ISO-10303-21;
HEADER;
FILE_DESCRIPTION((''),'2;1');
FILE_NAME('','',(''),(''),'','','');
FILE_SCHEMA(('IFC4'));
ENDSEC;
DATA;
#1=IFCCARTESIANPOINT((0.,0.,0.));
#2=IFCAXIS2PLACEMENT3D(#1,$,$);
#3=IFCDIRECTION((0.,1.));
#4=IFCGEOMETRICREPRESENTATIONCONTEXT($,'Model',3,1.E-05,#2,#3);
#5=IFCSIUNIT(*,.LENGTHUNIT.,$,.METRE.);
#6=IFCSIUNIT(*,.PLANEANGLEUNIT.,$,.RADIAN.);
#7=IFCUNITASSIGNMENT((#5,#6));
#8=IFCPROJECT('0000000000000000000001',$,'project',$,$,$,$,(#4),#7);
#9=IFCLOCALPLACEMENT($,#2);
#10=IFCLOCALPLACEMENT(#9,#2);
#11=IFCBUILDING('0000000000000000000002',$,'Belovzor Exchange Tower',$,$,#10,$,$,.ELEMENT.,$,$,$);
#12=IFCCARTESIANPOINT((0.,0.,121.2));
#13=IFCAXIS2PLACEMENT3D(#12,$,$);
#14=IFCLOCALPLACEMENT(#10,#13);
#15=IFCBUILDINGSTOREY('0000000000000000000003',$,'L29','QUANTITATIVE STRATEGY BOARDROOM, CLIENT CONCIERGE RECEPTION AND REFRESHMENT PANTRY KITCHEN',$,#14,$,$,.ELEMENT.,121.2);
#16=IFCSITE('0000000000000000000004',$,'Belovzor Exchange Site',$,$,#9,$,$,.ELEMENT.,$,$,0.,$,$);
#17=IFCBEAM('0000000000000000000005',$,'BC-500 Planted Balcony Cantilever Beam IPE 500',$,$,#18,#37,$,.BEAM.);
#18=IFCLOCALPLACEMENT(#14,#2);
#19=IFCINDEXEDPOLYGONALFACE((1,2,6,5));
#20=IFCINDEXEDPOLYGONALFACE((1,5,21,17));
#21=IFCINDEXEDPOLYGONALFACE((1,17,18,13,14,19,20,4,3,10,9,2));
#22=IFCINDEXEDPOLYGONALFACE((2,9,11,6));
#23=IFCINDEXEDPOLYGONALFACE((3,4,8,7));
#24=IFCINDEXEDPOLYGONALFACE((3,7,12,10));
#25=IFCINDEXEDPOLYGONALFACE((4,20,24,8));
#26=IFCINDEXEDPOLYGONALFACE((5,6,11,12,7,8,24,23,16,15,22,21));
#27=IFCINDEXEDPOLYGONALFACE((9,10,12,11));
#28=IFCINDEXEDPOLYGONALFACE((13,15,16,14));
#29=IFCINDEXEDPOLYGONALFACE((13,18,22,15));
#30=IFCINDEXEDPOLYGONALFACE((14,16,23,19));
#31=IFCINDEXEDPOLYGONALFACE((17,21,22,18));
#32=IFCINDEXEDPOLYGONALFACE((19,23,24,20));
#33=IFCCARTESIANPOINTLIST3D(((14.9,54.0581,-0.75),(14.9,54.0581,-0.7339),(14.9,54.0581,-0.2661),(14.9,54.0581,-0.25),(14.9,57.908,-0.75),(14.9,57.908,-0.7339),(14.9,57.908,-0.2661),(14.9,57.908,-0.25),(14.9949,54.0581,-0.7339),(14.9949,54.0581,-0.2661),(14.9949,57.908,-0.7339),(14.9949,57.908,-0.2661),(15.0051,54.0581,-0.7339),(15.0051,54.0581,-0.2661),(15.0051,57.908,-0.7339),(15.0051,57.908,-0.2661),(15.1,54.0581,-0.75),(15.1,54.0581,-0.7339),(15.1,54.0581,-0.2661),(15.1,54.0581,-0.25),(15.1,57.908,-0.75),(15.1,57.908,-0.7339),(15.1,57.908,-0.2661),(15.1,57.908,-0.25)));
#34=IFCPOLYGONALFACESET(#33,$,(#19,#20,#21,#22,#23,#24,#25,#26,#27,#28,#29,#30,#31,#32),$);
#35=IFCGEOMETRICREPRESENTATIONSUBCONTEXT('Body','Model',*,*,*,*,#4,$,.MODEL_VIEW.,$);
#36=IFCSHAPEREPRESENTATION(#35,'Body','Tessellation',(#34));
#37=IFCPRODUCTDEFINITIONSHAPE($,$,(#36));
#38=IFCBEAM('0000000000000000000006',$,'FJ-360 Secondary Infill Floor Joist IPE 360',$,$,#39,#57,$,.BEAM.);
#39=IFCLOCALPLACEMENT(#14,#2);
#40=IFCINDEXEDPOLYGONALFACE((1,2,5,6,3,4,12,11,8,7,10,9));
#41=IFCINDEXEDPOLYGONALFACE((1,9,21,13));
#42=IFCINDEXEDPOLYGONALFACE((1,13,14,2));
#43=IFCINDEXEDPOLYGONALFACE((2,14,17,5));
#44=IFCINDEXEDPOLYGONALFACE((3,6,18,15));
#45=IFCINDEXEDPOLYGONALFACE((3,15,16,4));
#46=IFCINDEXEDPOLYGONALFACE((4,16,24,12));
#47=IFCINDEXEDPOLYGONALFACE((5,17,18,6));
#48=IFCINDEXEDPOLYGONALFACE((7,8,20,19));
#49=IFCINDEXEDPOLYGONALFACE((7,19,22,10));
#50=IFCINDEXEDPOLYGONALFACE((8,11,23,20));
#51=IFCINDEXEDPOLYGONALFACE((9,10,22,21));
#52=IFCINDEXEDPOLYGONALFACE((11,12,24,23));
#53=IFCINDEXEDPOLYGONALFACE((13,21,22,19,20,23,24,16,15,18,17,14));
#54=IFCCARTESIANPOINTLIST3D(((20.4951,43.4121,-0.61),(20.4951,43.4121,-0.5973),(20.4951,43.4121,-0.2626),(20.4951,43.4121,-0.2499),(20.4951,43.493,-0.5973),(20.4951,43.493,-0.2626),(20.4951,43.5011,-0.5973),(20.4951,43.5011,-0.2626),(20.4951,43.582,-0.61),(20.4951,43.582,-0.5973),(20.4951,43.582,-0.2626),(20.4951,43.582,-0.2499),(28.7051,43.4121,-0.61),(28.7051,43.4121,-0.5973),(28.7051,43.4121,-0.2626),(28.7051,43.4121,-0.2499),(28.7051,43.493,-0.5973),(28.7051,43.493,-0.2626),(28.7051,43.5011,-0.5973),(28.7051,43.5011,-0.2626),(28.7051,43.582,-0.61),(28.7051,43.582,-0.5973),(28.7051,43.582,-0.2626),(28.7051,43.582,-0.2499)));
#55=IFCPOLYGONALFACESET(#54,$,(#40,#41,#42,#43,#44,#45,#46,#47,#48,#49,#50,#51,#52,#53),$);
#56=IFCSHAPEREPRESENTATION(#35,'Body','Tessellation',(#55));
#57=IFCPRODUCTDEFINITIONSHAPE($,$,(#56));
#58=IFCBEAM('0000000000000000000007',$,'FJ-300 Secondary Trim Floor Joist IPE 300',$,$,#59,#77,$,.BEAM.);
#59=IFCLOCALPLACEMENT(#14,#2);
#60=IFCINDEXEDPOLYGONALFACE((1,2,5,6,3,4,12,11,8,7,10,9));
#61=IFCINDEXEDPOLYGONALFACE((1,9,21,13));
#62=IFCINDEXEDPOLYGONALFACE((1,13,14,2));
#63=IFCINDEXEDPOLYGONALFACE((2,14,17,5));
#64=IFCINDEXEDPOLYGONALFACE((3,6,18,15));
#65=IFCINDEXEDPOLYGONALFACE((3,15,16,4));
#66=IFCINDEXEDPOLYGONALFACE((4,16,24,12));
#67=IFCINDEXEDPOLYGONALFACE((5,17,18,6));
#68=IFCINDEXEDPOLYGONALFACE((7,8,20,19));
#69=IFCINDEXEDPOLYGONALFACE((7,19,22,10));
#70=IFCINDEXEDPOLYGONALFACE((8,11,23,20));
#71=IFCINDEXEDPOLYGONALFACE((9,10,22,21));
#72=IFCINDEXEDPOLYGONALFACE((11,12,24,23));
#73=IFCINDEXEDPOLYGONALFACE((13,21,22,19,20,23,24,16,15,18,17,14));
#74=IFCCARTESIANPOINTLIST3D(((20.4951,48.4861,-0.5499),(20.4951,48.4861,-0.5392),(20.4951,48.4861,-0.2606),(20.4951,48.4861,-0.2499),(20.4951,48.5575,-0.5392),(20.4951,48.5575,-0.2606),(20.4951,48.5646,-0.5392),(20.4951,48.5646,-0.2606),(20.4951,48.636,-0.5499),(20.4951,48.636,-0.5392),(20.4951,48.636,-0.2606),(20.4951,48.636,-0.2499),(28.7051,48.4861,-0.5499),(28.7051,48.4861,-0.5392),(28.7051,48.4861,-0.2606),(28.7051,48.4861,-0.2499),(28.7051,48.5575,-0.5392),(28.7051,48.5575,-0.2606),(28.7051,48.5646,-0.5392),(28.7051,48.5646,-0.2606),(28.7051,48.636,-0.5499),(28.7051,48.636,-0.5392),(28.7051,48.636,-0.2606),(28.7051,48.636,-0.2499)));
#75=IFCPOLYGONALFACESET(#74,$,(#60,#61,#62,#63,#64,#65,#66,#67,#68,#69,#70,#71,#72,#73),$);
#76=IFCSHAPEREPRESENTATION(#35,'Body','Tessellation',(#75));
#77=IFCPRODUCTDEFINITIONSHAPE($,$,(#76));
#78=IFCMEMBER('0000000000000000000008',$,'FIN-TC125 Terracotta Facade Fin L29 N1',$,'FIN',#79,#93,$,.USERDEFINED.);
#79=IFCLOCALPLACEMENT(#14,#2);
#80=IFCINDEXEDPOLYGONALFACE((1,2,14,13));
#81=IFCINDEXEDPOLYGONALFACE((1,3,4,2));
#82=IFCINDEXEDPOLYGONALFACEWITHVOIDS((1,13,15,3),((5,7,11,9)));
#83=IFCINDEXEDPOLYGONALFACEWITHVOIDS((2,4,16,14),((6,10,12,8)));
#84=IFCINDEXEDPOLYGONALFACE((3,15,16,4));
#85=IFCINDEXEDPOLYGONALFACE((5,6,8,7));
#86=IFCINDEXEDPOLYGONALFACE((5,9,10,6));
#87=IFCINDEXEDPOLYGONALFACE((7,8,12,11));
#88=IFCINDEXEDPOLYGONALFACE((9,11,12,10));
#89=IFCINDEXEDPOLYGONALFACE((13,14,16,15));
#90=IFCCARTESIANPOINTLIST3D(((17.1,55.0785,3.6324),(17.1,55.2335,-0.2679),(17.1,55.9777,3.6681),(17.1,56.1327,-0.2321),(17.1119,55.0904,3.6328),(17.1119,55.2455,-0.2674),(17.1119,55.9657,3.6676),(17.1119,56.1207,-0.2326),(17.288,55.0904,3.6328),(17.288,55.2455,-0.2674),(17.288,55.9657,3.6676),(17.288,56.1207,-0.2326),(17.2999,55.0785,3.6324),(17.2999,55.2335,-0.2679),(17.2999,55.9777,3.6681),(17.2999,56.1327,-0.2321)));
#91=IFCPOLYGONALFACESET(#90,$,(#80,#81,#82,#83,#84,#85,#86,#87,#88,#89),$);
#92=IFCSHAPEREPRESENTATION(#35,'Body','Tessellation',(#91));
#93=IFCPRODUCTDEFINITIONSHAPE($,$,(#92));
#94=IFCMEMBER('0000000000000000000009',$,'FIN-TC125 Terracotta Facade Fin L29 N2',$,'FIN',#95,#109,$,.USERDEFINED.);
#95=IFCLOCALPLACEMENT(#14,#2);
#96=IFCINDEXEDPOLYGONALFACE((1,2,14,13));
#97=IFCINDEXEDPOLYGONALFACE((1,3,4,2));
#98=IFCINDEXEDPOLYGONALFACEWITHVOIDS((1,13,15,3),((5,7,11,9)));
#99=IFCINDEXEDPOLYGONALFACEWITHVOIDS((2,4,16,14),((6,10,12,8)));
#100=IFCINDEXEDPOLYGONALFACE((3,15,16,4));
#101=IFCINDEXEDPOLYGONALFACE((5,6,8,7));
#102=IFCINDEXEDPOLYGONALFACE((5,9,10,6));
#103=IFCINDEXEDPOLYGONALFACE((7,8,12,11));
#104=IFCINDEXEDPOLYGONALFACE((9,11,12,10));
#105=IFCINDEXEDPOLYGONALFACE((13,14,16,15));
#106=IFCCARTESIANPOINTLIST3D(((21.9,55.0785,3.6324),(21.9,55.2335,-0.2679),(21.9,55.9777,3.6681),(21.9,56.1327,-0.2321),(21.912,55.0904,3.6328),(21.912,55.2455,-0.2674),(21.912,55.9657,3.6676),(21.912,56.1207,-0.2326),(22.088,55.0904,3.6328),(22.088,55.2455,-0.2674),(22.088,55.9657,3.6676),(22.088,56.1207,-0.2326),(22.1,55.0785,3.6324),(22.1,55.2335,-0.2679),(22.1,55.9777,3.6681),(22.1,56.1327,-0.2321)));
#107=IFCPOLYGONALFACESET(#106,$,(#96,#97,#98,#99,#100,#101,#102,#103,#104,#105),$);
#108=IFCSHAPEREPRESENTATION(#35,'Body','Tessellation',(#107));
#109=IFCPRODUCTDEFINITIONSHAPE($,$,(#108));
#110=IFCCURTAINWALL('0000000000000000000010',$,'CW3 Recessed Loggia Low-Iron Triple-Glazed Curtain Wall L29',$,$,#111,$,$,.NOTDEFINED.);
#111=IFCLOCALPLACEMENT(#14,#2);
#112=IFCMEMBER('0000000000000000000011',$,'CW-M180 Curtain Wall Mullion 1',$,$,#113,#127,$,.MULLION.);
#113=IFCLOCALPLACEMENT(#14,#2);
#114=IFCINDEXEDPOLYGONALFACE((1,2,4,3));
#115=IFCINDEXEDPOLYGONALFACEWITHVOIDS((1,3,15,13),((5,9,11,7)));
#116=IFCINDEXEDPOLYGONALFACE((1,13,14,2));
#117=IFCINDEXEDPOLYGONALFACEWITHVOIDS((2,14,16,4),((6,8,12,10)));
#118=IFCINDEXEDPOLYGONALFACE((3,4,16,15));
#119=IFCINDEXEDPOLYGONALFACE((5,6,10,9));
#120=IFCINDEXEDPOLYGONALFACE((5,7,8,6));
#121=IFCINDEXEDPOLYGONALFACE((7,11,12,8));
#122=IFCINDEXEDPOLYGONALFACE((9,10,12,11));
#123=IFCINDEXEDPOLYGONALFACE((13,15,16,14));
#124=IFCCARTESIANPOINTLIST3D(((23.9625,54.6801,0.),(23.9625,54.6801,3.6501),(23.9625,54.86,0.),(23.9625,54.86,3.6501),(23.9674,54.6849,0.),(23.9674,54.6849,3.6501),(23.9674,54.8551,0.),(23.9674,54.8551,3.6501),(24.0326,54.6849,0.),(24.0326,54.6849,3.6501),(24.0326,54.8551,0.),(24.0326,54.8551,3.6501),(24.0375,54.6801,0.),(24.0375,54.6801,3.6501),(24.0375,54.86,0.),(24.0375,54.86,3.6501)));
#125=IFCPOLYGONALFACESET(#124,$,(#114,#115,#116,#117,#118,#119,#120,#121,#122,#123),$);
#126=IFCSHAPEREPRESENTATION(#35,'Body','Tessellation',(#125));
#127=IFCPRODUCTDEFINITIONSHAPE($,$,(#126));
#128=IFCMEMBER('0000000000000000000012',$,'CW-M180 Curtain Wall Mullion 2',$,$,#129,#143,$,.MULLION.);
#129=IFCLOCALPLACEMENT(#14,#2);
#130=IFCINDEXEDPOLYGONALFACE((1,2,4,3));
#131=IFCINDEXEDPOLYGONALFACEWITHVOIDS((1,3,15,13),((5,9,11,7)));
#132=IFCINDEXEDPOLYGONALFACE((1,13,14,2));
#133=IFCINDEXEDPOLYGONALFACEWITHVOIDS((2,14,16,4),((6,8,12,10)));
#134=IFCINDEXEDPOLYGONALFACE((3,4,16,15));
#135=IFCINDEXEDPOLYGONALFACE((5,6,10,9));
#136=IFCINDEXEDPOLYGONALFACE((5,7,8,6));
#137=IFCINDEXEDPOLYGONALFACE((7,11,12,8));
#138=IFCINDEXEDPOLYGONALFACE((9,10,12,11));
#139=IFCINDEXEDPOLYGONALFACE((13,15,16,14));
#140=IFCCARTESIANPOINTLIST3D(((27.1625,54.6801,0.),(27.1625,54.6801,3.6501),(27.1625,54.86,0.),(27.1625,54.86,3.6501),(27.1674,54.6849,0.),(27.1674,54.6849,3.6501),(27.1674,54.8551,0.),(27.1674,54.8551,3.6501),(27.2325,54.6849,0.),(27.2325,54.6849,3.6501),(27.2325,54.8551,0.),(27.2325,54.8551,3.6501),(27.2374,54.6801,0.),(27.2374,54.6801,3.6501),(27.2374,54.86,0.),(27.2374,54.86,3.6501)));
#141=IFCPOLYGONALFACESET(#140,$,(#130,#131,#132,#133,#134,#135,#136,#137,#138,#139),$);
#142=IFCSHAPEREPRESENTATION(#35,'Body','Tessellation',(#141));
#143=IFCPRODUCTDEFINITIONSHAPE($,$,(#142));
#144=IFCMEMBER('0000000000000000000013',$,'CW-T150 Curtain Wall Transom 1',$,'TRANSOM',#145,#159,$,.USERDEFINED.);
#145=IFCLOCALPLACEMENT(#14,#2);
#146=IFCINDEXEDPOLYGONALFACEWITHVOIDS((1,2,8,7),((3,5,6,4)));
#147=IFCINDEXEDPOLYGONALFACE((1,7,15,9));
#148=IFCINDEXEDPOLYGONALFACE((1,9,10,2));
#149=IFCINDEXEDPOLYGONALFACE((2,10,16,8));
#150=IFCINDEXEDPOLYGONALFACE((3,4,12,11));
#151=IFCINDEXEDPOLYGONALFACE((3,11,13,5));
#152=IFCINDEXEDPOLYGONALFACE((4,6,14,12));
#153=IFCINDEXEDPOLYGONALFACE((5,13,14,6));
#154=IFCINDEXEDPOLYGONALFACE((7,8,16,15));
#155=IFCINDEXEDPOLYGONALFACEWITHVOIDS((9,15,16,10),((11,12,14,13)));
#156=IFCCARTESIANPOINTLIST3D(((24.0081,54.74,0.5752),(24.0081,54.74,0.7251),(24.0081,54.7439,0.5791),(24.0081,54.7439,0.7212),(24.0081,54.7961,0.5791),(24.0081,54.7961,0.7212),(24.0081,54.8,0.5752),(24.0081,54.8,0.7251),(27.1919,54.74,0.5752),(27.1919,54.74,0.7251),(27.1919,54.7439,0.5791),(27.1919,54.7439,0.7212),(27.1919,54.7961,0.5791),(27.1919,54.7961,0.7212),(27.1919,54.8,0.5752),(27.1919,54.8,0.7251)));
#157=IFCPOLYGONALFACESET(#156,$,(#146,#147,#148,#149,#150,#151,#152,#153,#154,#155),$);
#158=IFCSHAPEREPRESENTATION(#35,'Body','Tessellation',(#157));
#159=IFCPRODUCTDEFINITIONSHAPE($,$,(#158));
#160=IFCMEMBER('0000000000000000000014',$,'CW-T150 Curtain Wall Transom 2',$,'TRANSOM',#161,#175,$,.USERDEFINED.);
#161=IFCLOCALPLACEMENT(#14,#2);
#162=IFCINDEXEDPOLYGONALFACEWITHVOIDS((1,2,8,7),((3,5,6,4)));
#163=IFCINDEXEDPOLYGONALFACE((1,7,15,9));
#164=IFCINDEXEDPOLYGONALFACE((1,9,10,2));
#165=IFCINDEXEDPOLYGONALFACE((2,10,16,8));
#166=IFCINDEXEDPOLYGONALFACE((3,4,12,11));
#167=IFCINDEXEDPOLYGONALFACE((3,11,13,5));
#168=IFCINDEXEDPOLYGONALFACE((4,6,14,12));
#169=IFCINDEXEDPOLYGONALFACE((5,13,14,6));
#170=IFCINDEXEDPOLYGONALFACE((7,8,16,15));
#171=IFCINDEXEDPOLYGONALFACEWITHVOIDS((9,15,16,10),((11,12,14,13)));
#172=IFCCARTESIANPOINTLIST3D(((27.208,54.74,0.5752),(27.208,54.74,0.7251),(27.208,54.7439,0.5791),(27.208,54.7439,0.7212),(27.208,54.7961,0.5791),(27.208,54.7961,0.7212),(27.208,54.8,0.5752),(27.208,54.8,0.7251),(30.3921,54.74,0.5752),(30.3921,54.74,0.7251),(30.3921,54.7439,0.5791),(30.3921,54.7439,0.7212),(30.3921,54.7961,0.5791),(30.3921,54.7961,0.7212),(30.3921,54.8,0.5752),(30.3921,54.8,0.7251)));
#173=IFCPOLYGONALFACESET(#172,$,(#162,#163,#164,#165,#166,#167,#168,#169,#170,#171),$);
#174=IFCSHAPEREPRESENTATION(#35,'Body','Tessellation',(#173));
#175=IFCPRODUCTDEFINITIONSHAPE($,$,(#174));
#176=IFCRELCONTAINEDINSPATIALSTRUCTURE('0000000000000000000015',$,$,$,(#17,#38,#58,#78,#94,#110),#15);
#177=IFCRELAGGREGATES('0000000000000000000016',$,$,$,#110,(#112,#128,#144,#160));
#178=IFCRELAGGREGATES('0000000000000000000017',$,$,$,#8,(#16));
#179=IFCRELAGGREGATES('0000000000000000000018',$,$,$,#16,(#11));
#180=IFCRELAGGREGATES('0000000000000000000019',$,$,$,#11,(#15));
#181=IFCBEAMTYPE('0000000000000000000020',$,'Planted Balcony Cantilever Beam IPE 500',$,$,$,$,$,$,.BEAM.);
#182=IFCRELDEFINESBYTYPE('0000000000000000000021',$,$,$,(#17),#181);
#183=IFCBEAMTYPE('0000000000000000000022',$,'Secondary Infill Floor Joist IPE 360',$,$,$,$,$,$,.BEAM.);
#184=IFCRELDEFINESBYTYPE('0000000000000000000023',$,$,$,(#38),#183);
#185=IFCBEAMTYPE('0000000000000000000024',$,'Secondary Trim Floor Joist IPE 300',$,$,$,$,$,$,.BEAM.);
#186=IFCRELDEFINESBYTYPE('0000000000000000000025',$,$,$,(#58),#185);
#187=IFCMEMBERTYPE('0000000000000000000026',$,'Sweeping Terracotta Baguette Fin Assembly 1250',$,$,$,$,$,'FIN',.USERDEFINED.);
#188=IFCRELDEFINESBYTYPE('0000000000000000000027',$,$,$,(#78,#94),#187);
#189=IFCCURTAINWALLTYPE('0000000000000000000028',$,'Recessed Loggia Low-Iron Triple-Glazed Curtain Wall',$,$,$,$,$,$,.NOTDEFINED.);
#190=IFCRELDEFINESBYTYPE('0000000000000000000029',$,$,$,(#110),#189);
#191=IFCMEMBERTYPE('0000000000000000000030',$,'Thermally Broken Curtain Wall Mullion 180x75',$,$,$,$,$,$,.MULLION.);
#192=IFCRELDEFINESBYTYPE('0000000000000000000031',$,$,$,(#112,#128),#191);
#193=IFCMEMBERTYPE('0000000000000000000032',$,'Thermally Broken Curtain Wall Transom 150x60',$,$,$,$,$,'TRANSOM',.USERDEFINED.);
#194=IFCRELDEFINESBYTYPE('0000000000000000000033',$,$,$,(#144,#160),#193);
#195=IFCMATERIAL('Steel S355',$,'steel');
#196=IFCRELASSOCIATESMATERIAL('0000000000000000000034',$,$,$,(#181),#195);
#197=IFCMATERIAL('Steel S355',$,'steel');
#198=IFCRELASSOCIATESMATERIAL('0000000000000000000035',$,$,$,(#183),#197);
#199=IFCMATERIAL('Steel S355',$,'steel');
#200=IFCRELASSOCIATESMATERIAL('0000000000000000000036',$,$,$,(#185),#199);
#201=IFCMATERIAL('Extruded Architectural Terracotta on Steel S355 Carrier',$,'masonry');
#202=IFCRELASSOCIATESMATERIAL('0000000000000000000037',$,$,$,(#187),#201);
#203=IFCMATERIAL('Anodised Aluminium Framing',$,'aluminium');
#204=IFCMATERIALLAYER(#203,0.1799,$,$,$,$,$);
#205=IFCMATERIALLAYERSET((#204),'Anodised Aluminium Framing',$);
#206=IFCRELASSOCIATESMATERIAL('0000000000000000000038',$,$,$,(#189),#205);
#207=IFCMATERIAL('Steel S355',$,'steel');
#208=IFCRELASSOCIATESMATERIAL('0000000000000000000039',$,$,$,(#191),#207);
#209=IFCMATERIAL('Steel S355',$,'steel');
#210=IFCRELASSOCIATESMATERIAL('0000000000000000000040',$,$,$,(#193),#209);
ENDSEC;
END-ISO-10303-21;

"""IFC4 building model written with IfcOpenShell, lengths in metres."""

from ifc_helpers import new_model, si_unit, direction, frame, origin, origin_2d, place, context, subcontext, project, spatial, hollow_rectangle, i_section, extrude, material, layer, layer_set, material_profile, profile_set, type_object, element, aggregate, save


model = new_model("IFC4")

# Units and contexts
model_context = context("Model", 3, precision=1e-05, world=origin(), true_north=direction((0.0, 1.0)))
body_context = subcontext(model_context, "Body", "Model", "MODEL_VIEW")
ifc_project = project(units=[si_unit("LENGTHUNIT", "METRE"), si_unit("PLANEANGLEUNIT", "RADIAN")], contexts=[model_context])

# Site, building, storey
site_placement = place(None, origin())
site = spatial("IfcSite", under=ifc_project, at=site_placement, Name="Belovzor Exchange Site", CompositionType="ELEMENT", RefElevation=0.0)
building_placement = place(site_placement, origin())
building = spatial("IfcBuilding", under=site, at=building_placement, Name="Belovzor Exchange Tower", CompositionType="ELEMENT")
storey_placement = place(building_placement, frame((0.0, 0.0, 121.2)))
storey = spatial("IfcBuildingStorey", under=building, at=storey_placement, Name="L29", Description="QUANTITATIVE STRATEGY BOARDROOM, CLIENT CONCIERGE RECEPTION AND REFRESHMENT PANTRY KITCHEN", CompositionType="ELEMENT", Elevation=121.2)

# Beams
ifc_material_1 = material(Name="Steel S355", Category="steel")
ifc_material_profile_1 = material_profile(ifc_material_1, i_section(OverallWidth=0.2, OverallDepth=0.5, WebThickness=0.0103, FlangeThickness=0.0161, at=origin_2d()))
ifc_profile_set_1 = profile_set([ifc_material_profile_1], Name="Steel S355")
beam_type_1 = type_object("IfcBeamType", Name="Planted Balcony Cantilever Beam IPE 500", PredefinedType="BEAM", material=ifc_profile_set_1)
beam_1_placement = place(storey_placement, frame((15.0, 54.0581, -0.5), z_axis=(0.0, 1.0, 0.0), x_axis=(-1.0, 0.0, 0.0)))
element("IfcBeam", 1, at=beam_1_placement, inside=storey, type_object=beam_type_1, Name="BC-500 Planted Balcony Cantilever Beam IPE 500", PredefinedType="BEAM", context=body_context, shape_type="SweptSolid", body=[
    extrude(i_section(OverallWidth=0.2, OverallDepth=0.5, WebThickness=0.0103, FlangeThickness=0.0161, at=origin_2d()), origin(), (0.0, 0.0, 1.0), 3.8499),
])
ifc_material_2 = material(Name="Steel S355", Category="steel")
ifc_material_profile_2 = material_profile(ifc_material_2, i_section(OverallWidth=0.1699, OverallDepth=0.3601, WebThickness=0.0081, FlangeThickness=0.0127, at=origin_2d()))
ifc_profile_set_2 = profile_set([ifc_material_profile_2], Name="Steel S355")
beam_type_2 = type_object("IfcBeamType", Name="Secondary Infill Floor Joist IPE 360", PredefinedType="BEAM", material=ifc_profile_set_2)
beam_2_placement = place(storey_placement, frame((20.4951, 43.4971, -0.4299), z_axis=(1.0, 0.0, 0.0), x_axis=(0.0, 1.0, 0.0)))
element("IfcBeam", 2, at=beam_2_placement, inside=storey, type_object=beam_type_2, Name="FJ-360 Secondary Infill Floor Joist IPE 360", PredefinedType="BEAM", context=body_context, shape_type="SweptSolid", body=[
    extrude(i_section(OverallWidth=0.1699, OverallDepth=0.3601, WebThickness=0.0081, FlangeThickness=0.0127, at=origin_2d()), origin(), (0.0, 0.0, 1.0), 8.21),
])
ifc_material_3 = material(Name="Steel S355", Category="steel")
ifc_material_profile_3 = material_profile(ifc_material_3, i_section(OverallWidth=0.1499, OverallDepth=0.3, WebThickness=0.0071, FlangeThickness=0.0107, at=origin_2d()))
ifc_profile_set_3 = profile_set([ifc_material_profile_3], Name="Steel S355")
beam_type_3 = type_object("IfcBeamType", Name="Secondary Trim Floor Joist IPE 300", PredefinedType="BEAM", material=ifc_profile_set_3)
beam_3_placement = place(storey_placement, frame((20.4951, 48.561, -0.3999), z_axis=(1.0, 0.0, 0.0), x_axis=(0.0, 1.0, 0.0)))
element("IfcBeam", 3, at=beam_3_placement, inside=storey, type_object=beam_type_3, Name="FJ-300 Secondary Trim Floor Joist IPE 300", PredefinedType="BEAM", context=body_context, shape_type="SweptSolid", body=[
    extrude(i_section(OverallWidth=0.1499, OverallDepth=0.3, WebThickness=0.0071, FlangeThickness=0.0107, at=origin_2d()), origin(), (0.0, 0.0, 1.0), 8.21),
])

# Members
ifc_material_4 = material(Name="Extruded Architectural Terracotta on Steel S355 Carrier", Category="masonry")
ifc_material_profile_4 = material_profile(ifc_material_4, hollow_rectangle(XDim=0.2, YDim=0.8999, WallThickness=0.012, at=origin_2d()))
ifc_profile_set_4 = profile_set([ifc_material_profile_4], Name="Extruded Architectural Terracotta on Steel S355 Carrier")
member_type_1 = type_object("IfcMemberType", Name="Sweeping Terracotta Baguette Fin Assembly 1250", ElementType="FIN", PredefinedType="USERDEFINED", material=ifc_profile_set_4)
for number, where, z_axis, x_axis, name in (
    (4, (17.2, 55.6831, -0.25), (0.0, -0.039718, 0.999211), (1.0, 0.0, 0.0), "FIN-TC125 Terracotta Facade Fin L29 N1"),
    (5, (22.0, 55.6831, -0.25), (0.0, -0.039718, 0.999211), (1.0, 0.0, 0.0), "FIN-TC125 Terracotta Facade Fin L29 N2"),
):
    element("IfcMember", number, at=place(storey_placement, frame(where, z_axis=z_axis, x_axis=x_axis)), inside=storey, type_object=member_type_1, Name=name, ObjectType="FIN", PredefinedType="USERDEFINED", context=body_context, shape_type="SweptSolid", body=[
        extrude(hollow_rectangle(XDim=0.2, YDim=0.8999, WallThickness=0.012, at=origin_2d()), origin(), (0.0, 0.0, 1.0), 3.9033),
    ])

# Curtain wall, members
ifc_material_5 = material(Name="Anodised Aluminium Framing", Category="aluminium")
ifc_layer_1 = layer(ifc_material_5, 0.1799)
ifc_layer_set_1 = layer_set([ifc_layer_1], Name="Anodised Aluminium Framing")
curtain_wall_type = type_object("IfcCurtainWallType", Name="Recessed Loggia Low-Iron Triple-Glazed Curtain Wall", PredefinedType="NOTDEFINED", material=ifc_layer_set_1)
curtain_wall_placement = place(storey_placement, origin())
curtain_wall = element("IfcCurtainWall", 6, at=curtain_wall_placement, inside=storey, type_object=curtain_wall_type, Name="CW3 Recessed Loggia Low-Iron Triple-Glazed Curtain Wall L29", PredefinedType="NOTDEFINED")
ifc_material_6 = material(Name="Steel S355", Category="steel")
ifc_material_profile_5 = material_profile(ifc_material_6, hollow_rectangle(XDim=0.075, YDim=0.1799, WallThickness=0.0049, at=origin_2d()))
ifc_profile_set_5 = profile_set([ifc_material_profile_5], Name="Steel S355")
member_type_2 = type_object("IfcMemberType", Name="Thermally Broken Curtain Wall Mullion 180x75", PredefinedType="MULLION", material=ifc_profile_set_5)
member_1_placement = place(storey_placement, frame((24.0, 54.77, 0.0), z_axis=(0.0, 0.0, 1.0), x_axis=(1.0, 0.0, 0.0)))
member_1 = element("IfcMember", 7, at=member_1_placement, type_object=member_type_2, Name="CW-M180 Curtain Wall Mullion 1", PredefinedType="MULLION", context=body_context, shape_type="SweptSolid", body=[
    extrude(hollow_rectangle(XDim=0.075, YDim=0.1799, WallThickness=0.0049, at=origin_2d()), origin(), (0.0, 0.0, 1.0), 3.6501),
])
member_2_placement = place(storey_placement, frame((27.2, 54.77, 0.0), z_axis=(0.0, 0.0, 1.0), x_axis=(1.0, 0.0, 0.0)))
member_2 = element("IfcMember", 8, at=member_2_placement, type_object=member_type_2, Name="CW-M180 Curtain Wall Mullion 2", PredefinedType="MULLION", context=body_context, shape_type="SweptSolid", body=[
    extrude(hollow_rectangle(XDim=0.075, YDim=0.1799, WallThickness=0.0049, at=origin_2d()), origin(), (0.0, 0.0, 1.0), 3.6501),
])
ifc_material_7 = material(Name="Steel S355", Category="steel")
ifc_material_profile_6 = material_profile(ifc_material_7, hollow_rectangle(XDim=0.0601, YDim=0.1499, WallThickness=0.0039, at=origin_2d()))
ifc_profile_set_6 = profile_set([ifc_material_profile_6], Name="Steel S355")
member_type_3 = type_object("IfcMemberType", Name="Thermally Broken Curtain Wall Transom 150x60", ElementType="TRANSOM", PredefinedType="USERDEFINED", material=ifc_profile_set_6)
member_3_placement = place(storey_placement, frame((24.0081, 54.77, 0.6501), z_axis=(1.0, 0.0, 0.0), x_axis=(0.0, 1.0, 0.0)))
member_3 = element("IfcMember", 9, at=member_3_placement, type_object=member_type_3, Name="CW-T150 Curtain Wall Transom 1", ObjectType="TRANSOM", PredefinedType="USERDEFINED", context=body_context, shape_type="SweptSolid", body=[
    extrude(hollow_rectangle(XDim=0.0601, YDim=0.1499, WallThickness=0.0039, at=origin_2d()), origin(), (0.0, 0.0, 1.0), 3.1838),
])
member_4_placement = place(storey_placement, frame((27.208, 54.77, 0.6501), z_axis=(1.0, 0.0, 0.0), x_axis=(0.0, 1.0, 0.0)))
member_4 = element("IfcMember", 10, at=member_4_placement, type_object=member_type_3, Name="CW-T150 Curtain Wall Transom 2", ObjectType="TRANSOM", PredefinedType="USERDEFINED", context=body_context, shape_type="SweptSolid", body=[
    extrude(hollow_rectangle(XDim=0.0601, YDim=0.1499, WallThickness=0.0039, at=origin_2d()), origin(), (0.0, 0.0, 1.0), 3.1841),
])

aggregate(curtain_wall, [member_1, member_2, member_3, member_4])

save(model, "model.ifc")
